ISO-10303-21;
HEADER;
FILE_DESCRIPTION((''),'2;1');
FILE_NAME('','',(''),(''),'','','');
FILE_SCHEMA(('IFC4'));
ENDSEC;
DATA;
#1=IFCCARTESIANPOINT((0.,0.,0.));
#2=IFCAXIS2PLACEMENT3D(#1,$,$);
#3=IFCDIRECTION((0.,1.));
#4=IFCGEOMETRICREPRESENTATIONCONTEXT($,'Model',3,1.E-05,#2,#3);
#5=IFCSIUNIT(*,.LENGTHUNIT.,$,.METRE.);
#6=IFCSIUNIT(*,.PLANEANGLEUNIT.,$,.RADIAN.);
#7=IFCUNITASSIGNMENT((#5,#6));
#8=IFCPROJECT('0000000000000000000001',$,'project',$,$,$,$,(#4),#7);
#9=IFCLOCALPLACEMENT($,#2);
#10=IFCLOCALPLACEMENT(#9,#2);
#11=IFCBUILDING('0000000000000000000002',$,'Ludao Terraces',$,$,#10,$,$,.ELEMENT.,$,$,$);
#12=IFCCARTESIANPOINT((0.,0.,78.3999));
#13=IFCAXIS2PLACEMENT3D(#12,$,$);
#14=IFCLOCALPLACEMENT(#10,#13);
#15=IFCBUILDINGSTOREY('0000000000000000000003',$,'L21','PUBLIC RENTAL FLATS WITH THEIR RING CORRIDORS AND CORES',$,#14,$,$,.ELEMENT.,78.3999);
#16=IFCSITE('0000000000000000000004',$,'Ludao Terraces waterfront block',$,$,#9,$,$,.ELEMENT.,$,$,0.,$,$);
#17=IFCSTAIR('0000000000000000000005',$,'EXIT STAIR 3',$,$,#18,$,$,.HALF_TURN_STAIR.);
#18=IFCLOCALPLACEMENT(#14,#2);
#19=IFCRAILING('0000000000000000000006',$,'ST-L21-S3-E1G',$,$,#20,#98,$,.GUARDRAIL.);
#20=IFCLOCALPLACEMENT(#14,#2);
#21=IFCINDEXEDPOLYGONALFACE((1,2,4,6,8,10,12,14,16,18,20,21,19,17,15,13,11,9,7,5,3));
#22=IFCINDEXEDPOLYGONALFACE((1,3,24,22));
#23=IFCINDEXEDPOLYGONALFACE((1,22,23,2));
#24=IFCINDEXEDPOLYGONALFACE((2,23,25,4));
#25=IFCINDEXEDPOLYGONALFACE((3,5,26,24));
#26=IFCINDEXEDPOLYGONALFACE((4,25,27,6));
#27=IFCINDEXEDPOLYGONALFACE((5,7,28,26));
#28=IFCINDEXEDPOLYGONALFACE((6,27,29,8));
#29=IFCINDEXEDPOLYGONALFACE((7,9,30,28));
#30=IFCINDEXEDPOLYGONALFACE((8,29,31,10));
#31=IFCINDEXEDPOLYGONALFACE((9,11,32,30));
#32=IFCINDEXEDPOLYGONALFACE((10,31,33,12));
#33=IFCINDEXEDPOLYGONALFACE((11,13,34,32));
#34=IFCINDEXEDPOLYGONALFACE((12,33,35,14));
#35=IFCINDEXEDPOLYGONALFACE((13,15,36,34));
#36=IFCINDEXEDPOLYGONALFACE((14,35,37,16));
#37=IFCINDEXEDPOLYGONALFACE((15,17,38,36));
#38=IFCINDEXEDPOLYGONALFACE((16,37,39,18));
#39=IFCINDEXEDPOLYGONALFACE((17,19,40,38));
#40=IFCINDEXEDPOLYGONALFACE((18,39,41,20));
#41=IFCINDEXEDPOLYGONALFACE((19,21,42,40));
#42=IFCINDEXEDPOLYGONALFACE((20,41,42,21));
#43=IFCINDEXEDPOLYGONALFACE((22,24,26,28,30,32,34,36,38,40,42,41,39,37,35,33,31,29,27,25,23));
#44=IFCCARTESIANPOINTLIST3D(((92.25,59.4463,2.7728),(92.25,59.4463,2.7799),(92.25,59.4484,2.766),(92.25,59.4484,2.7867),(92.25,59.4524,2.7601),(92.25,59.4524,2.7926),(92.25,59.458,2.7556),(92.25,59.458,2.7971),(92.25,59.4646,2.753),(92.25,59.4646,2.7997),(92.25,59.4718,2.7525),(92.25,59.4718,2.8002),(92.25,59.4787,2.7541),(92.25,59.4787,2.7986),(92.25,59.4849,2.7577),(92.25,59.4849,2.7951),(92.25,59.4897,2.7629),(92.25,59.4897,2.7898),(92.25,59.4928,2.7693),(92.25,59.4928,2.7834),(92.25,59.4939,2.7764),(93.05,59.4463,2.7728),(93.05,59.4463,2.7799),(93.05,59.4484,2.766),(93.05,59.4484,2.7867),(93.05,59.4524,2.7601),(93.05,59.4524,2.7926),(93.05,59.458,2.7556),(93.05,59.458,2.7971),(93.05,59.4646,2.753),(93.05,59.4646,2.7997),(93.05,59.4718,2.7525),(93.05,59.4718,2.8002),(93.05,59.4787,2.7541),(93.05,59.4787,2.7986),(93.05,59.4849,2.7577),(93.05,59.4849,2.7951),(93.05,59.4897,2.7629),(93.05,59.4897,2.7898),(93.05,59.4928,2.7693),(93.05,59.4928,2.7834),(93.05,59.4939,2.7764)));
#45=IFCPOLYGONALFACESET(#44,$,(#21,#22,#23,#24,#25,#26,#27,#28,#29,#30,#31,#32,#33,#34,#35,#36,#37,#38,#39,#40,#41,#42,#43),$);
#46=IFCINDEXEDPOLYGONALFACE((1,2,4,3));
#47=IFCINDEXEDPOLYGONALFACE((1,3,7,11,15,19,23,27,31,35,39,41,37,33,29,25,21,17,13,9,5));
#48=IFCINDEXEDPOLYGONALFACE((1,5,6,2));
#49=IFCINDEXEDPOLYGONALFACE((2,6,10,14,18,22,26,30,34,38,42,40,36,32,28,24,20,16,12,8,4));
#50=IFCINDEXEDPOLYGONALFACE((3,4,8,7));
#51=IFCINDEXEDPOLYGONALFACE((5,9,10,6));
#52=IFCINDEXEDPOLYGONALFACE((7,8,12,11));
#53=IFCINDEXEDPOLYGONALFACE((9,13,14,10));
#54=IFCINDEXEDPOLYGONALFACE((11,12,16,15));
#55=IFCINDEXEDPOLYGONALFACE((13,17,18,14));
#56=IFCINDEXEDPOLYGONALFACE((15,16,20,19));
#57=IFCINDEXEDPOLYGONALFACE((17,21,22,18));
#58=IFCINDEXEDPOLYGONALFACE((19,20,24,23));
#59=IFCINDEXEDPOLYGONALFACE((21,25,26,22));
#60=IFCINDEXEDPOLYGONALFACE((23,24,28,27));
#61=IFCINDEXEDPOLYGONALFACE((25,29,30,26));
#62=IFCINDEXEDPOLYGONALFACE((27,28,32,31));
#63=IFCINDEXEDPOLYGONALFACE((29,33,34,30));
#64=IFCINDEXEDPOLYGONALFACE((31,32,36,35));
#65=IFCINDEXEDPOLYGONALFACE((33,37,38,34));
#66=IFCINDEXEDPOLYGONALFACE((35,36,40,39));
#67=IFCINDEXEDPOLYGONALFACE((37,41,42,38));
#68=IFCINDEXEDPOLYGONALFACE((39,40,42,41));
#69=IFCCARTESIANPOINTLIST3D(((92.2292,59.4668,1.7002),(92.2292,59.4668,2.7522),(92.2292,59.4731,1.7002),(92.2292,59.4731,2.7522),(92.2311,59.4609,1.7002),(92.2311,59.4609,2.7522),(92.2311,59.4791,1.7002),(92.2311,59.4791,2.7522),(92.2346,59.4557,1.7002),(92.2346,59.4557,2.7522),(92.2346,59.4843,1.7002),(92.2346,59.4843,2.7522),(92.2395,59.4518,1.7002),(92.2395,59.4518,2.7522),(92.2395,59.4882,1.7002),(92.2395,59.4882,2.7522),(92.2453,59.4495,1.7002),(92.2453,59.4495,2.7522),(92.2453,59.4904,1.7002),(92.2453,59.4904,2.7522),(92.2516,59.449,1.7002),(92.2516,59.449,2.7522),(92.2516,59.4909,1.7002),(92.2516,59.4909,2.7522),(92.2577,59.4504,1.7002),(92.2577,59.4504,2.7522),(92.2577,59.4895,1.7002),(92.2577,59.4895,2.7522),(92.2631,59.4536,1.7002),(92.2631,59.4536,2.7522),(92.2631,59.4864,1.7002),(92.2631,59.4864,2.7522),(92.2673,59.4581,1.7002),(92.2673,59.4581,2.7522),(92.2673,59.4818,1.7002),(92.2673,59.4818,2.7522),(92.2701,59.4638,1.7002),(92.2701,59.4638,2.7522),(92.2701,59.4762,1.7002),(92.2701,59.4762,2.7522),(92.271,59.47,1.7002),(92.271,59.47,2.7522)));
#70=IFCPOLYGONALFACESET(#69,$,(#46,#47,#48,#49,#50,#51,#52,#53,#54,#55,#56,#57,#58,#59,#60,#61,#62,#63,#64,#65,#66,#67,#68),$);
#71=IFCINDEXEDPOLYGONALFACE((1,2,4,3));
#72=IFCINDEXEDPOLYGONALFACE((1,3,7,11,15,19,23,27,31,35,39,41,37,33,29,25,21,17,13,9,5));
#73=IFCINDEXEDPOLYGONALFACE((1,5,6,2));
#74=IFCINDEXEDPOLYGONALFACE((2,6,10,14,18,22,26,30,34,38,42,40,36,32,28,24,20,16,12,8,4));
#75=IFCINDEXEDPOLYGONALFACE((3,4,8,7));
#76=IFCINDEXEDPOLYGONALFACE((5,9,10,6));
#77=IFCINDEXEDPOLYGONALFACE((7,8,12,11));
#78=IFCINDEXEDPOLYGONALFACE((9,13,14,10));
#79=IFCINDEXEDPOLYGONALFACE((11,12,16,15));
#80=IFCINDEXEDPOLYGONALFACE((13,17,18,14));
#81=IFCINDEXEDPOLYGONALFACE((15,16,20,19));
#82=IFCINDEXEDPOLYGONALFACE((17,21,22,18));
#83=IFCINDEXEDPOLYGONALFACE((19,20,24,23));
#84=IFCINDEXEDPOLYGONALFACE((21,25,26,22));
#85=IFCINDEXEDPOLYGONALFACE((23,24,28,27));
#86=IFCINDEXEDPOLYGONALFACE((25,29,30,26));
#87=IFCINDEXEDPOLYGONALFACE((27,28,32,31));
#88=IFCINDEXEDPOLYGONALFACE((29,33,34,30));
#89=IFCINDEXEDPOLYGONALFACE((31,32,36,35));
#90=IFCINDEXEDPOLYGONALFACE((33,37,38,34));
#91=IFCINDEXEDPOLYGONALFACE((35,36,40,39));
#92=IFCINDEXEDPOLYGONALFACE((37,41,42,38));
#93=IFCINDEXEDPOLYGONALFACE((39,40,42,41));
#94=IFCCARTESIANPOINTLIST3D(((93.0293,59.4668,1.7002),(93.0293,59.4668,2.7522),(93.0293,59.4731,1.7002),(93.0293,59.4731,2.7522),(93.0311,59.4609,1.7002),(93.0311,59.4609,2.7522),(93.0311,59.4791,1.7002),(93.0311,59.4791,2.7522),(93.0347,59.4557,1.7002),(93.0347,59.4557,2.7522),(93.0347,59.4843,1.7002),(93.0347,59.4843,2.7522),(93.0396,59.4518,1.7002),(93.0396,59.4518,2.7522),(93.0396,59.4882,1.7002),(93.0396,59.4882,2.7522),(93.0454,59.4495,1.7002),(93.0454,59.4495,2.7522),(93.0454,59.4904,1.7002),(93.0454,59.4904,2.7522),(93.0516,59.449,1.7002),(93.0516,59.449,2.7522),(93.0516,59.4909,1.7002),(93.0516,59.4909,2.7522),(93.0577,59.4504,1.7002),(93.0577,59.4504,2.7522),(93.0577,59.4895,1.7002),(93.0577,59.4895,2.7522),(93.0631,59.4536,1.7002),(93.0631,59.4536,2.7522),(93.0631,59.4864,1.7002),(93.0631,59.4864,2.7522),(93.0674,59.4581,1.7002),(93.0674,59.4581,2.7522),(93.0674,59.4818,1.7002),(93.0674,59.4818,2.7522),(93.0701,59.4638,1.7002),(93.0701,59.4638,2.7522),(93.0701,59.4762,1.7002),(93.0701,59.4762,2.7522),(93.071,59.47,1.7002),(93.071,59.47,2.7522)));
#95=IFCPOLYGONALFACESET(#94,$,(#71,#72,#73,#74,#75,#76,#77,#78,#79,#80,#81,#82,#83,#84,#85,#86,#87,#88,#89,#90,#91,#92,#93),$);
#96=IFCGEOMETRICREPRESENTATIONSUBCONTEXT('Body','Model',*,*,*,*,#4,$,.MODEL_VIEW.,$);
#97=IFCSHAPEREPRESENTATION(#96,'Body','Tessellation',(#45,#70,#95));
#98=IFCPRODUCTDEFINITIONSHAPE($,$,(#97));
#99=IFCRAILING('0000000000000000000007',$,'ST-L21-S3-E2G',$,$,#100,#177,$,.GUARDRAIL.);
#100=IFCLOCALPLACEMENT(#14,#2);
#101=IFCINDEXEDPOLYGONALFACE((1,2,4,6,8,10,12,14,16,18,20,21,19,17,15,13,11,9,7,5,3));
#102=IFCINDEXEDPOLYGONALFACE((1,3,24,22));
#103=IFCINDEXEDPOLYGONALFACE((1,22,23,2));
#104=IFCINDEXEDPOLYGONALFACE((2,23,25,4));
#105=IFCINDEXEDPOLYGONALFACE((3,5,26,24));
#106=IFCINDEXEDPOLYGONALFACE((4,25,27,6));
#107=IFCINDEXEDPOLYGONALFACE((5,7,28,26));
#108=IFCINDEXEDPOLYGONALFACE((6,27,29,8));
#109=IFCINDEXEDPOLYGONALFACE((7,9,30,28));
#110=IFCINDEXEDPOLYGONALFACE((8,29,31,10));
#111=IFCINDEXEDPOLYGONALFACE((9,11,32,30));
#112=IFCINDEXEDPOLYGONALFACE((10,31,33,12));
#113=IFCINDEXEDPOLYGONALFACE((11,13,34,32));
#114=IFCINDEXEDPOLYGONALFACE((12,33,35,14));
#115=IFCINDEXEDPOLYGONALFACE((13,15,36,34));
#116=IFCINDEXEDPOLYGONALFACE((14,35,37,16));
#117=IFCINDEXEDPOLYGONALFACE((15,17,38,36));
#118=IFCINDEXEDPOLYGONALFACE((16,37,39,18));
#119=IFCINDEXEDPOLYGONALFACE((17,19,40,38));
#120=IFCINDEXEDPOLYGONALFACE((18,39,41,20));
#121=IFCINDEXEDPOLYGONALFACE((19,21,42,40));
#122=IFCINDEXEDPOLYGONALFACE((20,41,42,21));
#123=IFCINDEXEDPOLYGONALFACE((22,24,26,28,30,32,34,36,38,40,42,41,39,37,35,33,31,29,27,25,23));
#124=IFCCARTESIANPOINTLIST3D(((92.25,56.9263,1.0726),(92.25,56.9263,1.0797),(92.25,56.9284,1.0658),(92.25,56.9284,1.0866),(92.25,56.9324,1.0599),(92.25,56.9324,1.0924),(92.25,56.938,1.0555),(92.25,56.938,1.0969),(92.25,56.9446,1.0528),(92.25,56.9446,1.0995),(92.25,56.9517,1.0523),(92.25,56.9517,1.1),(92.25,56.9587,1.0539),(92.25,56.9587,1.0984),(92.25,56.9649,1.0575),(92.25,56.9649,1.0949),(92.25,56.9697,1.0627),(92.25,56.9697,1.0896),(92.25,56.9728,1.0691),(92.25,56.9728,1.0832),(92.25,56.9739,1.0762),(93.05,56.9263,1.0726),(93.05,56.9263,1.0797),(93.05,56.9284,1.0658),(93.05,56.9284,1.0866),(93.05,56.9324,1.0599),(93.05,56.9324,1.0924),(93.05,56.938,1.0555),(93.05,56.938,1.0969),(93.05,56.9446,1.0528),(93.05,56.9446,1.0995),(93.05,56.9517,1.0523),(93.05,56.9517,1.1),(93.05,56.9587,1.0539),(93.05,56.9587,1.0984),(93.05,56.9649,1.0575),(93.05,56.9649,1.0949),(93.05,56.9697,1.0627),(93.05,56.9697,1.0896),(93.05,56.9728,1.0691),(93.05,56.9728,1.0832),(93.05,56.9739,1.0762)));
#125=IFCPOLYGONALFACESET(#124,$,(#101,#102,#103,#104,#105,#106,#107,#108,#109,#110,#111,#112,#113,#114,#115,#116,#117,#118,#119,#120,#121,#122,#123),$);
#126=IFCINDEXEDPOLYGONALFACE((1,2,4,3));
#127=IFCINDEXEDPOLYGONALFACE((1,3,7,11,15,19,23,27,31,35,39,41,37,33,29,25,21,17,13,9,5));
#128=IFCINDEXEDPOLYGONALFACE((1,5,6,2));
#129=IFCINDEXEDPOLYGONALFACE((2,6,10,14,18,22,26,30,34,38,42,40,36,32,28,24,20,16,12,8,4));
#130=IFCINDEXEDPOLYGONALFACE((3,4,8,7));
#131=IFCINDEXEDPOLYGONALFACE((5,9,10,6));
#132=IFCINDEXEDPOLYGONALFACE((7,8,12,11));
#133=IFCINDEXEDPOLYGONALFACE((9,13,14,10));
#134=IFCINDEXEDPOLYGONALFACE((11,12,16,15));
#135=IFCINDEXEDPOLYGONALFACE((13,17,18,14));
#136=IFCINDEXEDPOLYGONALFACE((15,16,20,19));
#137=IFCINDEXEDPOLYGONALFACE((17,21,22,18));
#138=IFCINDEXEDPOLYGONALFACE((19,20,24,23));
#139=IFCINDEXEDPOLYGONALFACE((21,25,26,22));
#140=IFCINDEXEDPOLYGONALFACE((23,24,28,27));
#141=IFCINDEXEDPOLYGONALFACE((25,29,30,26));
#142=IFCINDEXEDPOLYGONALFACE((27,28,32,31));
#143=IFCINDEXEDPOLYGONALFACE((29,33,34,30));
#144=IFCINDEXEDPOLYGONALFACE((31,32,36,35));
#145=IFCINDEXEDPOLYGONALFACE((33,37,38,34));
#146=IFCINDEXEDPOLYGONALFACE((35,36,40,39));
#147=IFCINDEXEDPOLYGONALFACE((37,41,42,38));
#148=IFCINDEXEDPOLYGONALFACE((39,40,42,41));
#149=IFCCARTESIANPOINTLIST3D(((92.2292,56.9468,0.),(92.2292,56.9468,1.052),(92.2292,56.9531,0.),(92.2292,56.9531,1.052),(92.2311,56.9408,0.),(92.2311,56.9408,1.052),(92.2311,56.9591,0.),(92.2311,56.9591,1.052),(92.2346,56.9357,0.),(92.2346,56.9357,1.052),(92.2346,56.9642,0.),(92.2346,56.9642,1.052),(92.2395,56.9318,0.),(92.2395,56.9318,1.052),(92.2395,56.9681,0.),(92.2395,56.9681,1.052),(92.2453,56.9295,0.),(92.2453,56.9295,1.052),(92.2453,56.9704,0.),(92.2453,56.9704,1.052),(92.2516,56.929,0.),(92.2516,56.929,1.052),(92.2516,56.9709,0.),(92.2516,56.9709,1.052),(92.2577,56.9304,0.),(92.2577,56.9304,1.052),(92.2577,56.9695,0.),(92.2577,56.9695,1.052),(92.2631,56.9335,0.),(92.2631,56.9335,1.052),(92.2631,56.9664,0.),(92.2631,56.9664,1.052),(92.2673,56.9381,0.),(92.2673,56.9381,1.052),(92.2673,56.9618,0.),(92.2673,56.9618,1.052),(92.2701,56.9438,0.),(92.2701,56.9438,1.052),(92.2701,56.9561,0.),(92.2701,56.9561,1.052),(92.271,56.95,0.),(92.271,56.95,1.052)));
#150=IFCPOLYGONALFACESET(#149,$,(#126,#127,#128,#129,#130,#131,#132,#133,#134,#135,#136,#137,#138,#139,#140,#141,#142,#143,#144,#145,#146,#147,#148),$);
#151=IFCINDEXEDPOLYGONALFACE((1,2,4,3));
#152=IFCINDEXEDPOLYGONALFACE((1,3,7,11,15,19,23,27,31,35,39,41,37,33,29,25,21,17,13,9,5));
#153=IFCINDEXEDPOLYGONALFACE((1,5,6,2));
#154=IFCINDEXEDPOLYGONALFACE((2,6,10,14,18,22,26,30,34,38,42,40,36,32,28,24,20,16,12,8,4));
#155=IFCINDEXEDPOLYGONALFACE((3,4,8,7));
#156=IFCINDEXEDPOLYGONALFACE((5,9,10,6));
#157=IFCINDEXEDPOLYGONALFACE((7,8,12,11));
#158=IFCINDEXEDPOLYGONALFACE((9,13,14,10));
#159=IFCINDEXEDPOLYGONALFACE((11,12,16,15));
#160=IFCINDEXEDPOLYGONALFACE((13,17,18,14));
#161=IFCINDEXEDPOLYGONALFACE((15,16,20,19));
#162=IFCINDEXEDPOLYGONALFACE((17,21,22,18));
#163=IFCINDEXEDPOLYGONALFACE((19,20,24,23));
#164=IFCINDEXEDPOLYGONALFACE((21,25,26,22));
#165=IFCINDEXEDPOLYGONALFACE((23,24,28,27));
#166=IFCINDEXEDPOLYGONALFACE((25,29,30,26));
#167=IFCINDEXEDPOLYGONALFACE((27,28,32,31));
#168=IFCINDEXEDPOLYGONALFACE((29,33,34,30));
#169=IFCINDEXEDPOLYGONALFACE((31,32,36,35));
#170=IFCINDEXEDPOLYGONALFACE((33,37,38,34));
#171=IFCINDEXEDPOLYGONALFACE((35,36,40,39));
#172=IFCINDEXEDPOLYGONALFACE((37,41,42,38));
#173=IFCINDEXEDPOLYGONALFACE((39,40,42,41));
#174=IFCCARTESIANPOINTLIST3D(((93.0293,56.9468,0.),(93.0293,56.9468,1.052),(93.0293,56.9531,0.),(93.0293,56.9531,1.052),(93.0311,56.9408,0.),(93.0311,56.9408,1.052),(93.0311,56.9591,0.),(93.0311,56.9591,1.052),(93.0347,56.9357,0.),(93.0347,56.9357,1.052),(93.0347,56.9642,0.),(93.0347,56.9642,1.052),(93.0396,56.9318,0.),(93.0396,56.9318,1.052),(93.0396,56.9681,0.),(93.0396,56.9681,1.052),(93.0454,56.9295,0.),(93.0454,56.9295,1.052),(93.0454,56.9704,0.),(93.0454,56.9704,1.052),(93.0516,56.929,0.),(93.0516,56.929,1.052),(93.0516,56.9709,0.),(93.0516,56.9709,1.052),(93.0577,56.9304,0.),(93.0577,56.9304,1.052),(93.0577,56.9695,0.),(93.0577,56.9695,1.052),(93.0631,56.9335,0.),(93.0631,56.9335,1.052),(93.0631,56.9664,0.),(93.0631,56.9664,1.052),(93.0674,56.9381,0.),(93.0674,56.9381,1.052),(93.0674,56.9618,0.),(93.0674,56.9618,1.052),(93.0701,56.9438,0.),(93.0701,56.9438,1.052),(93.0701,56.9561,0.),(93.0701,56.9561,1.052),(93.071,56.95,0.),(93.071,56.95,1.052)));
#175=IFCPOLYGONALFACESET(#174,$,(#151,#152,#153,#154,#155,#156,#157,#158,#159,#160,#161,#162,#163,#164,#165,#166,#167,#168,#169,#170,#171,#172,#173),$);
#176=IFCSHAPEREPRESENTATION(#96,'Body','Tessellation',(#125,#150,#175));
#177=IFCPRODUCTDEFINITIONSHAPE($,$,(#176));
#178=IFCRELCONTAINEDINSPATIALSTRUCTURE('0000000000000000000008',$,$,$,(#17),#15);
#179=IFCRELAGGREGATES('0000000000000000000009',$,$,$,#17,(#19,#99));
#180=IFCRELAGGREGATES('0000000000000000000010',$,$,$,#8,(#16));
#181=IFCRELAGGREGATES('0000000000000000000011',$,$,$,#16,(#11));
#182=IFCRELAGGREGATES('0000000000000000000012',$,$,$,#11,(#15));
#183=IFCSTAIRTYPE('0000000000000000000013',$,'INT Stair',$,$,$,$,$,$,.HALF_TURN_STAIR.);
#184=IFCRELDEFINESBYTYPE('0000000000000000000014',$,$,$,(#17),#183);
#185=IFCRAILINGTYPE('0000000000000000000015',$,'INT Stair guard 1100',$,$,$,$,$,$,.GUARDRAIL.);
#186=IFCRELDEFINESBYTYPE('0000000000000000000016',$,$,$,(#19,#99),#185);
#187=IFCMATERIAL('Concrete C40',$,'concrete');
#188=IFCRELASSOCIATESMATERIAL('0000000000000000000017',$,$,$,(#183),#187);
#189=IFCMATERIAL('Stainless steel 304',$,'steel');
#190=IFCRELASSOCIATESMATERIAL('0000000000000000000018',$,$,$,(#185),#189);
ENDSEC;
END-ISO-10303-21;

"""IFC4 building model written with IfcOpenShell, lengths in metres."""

from ifc_helpers import new_model, si_unit, direction, frame, origin, origin_2d, place, context, subcontext, project, spatial, circle, extrude, material, type_object, element, aggregate, save


model = new_model("IFC4")

# Units and contexts
model_context = context("Model", 3, precision=1e-05, world=origin(), true_north=direction((0.0, 1.0)))
body_context = subcontext(model_context, "Body", "Model", "MODEL_VIEW")
ifc_project = project(units=[si_unit("LENGTHUNIT", "METRE"), si_unit("PLANEANGLEUNIT", "RADIAN")], contexts=[model_context])

# Site, building, storey
site_placement = place(None, origin())
site = spatial("IfcSite", under=ifc_project, at=site_placement, Name="Ludao Terraces waterfront block", CompositionType="ELEMENT", RefElevation=0.0)
building_placement = place(site_placement, origin())
building = spatial("IfcBuilding", under=site, at=building_placement, Name="Ludao Terraces", CompositionType="ELEMENT")
storey_placement = place(building_placement, frame((0.0, 0.0, 78.3999)))
storey = spatial("IfcBuildingStorey", under=building, at=storey_placement, Name="L21", Description="PUBLIC RENTAL FLATS WITH THEIR RING CORRIDORS AND CORES", CompositionType="ELEMENT", Elevation=78.3999)

# Stair, railings
ifc_material_1 = material(Name="Concrete C40", Category="concrete")
stair_type = type_object("IfcStairType", Name="INT Stair", PredefinedType="HALF_TURN_STAIR", material=ifc_material_1)
stair_placement = place(storey_placement, origin())
stair = element("IfcStair", 1, at=stair_placement, inside=storey, type_object=stair_type, Name="EXIT STAIR 3", PredefinedType="HALF_TURN_STAIR")
ifc_material_2 = material(Name="Stainless steel 304", Category="steel")
railing_type_1 = type_object("IfcRailingType", Name="INT Stair guard 1100", PredefinedType="GUARDRAIL", material=ifc_material_2)
railing_1_placement = place(storey_placement, frame((92.25, 59.47, 1.7002)))
railing_1 = element("IfcRailing", 2, at=railing_1_placement, type_object=railing_type_1, Name="ST-L21-S3-E1G", PredefinedType="GUARDRAIL", context=body_context, shape_type="SweptSolid", body=[
    extrude(circle(Radius=0.0239, at=origin_2d()), frame((0.0, 0.0, 1.0762), z_axis=(1.0, 0.0, 0.0), x_axis=(0.0, 1.0, 0.0)), (0.0, 0.0, 1.0), 0.8),
    extrude(circle(Radius=0.021, at=origin_2d()), origin(), (0.0, 0.0, 1.0), 1.052),
    extrude(circle(Radius=0.021, at=origin_2d()), frame((0.8, 0.0, 0.0)), (0.0, 0.0, 1.0), 1.052),
])
railing_2_placement = place(storey_placement, frame((92.25, 56.95, 0.0)))
railing_2 = element("IfcRailing", 3, at=railing_2_placement, type_object=railing_type_1, Name="ST-L21-S3-E2G", PredefinedType="GUARDRAIL", context=body_context, shape_type="SweptSolid", body=[
    extrude(circle(Radius=0.0239, at=origin_2d()), frame((0.0, 0.0, 1.0762), z_axis=(1.0, 0.0, 0.0), x_axis=(0.0, 1.0, 0.0)), (0.0, 0.0, 1.0), 0.8),
    extrude(circle(Radius=0.021, at=origin_2d()), origin(), (0.0, 0.0, 1.0), 1.052),
    extrude(circle(Radius=0.021, at=origin_2d()), frame((0.8, 0.0, 0.0)), (0.0, 0.0, 1.0), 1.052),
])
aggregate(stair, [railing_1, railing_2])

save(model, "model.ifc")
